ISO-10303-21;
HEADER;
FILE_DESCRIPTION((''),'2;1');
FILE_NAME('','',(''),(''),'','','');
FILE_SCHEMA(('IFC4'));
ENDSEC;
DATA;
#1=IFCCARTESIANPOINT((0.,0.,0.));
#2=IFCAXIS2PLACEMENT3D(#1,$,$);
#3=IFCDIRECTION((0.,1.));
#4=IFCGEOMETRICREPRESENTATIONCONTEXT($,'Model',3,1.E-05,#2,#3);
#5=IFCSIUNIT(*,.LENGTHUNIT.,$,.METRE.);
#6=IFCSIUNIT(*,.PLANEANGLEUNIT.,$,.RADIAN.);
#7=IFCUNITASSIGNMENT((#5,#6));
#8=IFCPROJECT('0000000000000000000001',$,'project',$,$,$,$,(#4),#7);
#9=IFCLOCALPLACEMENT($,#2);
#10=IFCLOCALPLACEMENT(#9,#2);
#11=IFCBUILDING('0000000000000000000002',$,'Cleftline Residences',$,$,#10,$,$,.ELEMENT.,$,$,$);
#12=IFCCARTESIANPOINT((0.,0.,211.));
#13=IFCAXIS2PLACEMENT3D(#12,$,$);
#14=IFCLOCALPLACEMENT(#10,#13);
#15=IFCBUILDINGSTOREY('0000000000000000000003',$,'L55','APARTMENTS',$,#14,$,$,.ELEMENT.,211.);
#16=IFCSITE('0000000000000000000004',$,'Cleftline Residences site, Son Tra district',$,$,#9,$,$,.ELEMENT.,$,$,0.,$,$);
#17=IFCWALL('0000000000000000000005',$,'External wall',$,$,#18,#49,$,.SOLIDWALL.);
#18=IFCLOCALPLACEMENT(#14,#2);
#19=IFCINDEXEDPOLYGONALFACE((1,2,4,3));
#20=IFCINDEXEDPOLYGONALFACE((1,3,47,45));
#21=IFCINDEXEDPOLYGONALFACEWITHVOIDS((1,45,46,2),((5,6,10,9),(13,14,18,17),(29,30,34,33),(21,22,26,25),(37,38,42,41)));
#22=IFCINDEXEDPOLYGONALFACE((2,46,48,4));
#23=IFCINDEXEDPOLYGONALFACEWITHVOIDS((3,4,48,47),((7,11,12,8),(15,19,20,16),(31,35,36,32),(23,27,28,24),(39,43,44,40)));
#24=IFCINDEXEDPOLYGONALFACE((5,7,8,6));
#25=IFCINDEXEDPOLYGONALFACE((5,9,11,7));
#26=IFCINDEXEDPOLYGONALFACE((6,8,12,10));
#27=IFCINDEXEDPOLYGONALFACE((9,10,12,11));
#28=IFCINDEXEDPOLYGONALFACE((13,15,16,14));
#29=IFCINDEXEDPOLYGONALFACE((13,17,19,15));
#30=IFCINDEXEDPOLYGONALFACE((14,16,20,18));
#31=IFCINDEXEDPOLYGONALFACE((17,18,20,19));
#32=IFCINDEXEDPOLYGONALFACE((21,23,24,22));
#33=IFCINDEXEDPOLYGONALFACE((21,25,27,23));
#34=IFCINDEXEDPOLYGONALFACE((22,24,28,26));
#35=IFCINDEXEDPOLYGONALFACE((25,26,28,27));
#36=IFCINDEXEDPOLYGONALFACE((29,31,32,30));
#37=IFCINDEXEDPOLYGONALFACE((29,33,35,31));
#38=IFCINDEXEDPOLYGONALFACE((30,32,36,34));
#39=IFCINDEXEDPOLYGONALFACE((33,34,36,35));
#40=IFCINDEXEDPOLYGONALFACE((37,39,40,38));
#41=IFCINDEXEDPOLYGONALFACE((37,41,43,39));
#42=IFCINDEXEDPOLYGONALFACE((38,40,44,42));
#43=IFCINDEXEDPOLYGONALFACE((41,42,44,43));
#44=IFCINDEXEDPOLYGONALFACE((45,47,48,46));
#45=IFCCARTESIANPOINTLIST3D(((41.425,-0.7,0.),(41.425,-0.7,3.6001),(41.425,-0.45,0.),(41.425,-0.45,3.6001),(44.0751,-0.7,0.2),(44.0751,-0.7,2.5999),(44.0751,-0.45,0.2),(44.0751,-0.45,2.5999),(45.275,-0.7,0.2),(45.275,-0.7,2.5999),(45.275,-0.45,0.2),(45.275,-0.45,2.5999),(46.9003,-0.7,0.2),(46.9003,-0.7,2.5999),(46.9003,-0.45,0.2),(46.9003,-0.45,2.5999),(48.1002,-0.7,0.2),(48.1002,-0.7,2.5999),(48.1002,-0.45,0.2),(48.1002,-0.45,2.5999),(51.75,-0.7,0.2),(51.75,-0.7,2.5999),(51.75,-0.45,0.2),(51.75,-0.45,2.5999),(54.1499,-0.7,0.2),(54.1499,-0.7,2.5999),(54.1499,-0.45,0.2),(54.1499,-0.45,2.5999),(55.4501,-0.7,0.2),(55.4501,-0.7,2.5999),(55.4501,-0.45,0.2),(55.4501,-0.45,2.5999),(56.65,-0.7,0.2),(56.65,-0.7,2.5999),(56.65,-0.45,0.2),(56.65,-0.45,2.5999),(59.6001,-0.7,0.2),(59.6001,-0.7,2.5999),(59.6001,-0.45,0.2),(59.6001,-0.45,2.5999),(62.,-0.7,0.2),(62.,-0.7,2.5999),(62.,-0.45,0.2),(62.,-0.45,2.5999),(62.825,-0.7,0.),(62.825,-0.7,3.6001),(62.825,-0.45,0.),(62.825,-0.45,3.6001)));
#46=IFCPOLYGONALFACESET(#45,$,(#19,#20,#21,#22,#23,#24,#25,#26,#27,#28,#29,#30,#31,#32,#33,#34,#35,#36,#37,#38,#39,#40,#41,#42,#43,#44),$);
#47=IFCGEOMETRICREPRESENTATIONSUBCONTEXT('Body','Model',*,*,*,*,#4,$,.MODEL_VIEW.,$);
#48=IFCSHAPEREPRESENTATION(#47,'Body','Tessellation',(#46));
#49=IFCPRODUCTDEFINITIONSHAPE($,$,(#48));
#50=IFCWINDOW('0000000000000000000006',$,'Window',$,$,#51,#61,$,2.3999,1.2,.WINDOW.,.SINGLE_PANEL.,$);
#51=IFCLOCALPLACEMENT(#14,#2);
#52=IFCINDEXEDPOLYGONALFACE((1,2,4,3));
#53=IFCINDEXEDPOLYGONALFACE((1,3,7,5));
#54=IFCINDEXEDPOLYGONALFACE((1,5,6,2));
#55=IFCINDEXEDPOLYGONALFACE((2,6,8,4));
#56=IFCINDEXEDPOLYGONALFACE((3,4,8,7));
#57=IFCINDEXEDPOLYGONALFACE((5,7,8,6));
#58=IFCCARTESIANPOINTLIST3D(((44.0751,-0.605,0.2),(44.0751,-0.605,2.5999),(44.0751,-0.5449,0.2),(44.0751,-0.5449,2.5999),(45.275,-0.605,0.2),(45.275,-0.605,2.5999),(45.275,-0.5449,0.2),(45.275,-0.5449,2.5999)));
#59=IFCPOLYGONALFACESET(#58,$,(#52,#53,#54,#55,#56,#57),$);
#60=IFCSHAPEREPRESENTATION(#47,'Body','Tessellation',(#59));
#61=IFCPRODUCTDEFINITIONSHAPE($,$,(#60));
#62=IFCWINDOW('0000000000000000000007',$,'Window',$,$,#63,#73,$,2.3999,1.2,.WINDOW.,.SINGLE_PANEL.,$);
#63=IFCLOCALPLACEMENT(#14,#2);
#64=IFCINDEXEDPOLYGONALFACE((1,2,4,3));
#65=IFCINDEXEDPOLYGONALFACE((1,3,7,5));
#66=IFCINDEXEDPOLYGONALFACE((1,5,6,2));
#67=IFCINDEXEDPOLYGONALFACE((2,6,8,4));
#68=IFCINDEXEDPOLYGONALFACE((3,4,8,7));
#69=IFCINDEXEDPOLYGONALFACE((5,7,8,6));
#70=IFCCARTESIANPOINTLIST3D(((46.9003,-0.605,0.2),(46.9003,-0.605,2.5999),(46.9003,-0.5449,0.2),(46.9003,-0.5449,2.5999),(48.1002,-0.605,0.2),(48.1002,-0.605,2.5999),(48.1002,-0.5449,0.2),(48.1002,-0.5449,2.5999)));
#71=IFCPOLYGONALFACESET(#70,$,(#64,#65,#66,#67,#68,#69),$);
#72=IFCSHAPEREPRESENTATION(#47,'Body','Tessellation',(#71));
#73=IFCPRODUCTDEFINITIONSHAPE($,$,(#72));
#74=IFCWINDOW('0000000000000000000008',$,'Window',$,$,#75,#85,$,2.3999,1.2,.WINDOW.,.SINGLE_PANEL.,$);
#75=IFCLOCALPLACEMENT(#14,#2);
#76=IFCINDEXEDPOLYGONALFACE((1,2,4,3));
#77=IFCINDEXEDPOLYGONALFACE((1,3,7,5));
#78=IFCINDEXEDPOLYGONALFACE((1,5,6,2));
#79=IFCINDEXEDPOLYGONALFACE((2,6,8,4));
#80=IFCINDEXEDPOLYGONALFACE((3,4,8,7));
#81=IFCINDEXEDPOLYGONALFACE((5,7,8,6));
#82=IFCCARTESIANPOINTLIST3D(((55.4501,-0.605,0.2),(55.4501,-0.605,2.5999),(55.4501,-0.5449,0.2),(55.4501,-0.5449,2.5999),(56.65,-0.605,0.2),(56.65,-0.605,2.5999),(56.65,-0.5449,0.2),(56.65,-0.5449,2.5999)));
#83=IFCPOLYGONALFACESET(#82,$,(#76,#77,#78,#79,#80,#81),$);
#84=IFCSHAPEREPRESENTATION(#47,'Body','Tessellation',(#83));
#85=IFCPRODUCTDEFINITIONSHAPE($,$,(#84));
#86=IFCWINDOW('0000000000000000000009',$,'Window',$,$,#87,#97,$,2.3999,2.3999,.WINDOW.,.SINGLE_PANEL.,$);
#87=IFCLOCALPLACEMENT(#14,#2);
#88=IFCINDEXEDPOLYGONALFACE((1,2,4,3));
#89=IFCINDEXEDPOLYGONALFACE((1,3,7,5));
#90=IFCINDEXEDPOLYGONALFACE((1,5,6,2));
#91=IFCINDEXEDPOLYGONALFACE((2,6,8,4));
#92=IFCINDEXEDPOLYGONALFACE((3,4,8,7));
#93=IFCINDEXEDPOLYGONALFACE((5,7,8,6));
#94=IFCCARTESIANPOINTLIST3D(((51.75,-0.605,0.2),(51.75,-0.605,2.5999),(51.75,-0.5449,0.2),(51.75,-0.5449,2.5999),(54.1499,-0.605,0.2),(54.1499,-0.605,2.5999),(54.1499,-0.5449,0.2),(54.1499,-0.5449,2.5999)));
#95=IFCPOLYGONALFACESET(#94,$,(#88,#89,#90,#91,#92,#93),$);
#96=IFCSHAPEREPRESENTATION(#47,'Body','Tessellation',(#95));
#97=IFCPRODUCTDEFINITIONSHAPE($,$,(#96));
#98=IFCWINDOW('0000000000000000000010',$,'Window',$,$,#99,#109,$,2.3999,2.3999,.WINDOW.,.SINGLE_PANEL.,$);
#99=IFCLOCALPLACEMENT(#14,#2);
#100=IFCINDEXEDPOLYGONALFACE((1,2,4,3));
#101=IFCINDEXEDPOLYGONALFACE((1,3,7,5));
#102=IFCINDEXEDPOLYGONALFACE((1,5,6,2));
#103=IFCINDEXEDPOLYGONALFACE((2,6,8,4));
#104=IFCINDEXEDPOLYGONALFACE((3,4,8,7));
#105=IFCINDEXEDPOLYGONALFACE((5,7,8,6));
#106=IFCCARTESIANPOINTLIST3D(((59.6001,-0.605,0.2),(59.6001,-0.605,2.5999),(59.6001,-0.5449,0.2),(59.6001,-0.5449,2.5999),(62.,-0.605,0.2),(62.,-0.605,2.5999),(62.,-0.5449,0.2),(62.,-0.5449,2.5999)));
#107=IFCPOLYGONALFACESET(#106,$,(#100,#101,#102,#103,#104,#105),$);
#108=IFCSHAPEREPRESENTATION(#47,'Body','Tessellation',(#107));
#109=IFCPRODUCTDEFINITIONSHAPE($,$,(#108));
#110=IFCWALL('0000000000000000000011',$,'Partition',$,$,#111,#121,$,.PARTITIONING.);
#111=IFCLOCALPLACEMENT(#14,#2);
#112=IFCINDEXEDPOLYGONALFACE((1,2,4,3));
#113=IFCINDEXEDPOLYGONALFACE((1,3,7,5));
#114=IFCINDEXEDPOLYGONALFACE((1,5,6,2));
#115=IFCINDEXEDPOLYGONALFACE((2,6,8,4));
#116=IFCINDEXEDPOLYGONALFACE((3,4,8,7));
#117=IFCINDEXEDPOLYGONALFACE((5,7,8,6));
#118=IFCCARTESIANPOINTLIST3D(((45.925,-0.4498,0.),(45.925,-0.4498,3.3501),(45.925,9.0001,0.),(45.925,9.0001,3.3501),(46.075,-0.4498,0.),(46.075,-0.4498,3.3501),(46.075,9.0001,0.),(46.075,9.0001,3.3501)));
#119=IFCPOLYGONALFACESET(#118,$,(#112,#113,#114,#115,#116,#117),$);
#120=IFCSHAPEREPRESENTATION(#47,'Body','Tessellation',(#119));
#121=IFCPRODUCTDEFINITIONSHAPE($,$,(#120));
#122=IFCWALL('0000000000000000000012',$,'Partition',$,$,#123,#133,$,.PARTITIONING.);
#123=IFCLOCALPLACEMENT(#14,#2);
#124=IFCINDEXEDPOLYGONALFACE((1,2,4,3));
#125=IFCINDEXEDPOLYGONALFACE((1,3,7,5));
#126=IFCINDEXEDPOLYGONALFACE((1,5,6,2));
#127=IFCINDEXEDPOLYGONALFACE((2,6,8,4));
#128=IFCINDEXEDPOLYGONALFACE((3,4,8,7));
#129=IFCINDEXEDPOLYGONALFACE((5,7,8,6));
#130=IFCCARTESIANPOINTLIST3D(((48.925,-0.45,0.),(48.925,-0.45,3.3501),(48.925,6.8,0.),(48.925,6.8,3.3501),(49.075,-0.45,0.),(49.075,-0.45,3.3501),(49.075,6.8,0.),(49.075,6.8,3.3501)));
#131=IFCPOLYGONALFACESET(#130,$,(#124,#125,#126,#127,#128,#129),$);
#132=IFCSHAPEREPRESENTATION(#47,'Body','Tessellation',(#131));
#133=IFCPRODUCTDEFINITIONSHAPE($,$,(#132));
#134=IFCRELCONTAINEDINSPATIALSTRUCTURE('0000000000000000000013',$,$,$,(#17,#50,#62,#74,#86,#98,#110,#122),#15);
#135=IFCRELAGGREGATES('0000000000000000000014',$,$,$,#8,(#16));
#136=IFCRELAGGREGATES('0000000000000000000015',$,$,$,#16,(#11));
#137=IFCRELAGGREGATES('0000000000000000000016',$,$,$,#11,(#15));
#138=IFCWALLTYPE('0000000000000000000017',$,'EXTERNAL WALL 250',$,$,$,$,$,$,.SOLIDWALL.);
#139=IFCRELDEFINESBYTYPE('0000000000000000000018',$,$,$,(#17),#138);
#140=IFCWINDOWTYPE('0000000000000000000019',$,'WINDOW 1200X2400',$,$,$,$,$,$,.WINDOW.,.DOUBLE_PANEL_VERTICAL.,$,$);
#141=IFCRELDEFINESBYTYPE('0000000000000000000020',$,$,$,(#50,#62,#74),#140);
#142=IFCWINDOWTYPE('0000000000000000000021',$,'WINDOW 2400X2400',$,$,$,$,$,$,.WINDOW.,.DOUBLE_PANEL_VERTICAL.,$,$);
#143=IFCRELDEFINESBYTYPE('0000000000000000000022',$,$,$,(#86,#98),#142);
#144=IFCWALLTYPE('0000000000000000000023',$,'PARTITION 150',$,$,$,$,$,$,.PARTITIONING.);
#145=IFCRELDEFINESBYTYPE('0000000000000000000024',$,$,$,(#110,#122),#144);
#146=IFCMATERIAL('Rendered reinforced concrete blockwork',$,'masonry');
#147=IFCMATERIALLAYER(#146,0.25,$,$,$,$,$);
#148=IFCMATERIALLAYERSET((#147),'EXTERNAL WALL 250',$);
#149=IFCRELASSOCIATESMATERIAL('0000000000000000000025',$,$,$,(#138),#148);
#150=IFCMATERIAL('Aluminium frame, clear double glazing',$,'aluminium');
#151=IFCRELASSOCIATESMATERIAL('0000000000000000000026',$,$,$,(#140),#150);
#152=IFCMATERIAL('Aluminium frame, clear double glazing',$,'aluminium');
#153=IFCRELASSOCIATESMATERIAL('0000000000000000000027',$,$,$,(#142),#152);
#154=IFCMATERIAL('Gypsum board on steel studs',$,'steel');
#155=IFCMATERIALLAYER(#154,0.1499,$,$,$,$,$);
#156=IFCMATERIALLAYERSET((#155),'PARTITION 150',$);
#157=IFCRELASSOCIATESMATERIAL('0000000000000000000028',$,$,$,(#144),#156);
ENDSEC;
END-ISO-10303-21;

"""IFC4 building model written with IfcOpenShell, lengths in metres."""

from ifc_helpers import new_model, si_unit, direction, frame, frame_2d, origin, place, context, subcontext, project, spatial, rectangle, extrude, material, layer, layer_set, type_object, element, fill, save


model = new_model("IFC4")

# Units and contexts
model_context = context("Model", 3, precision=1e-05, world=origin(), true_north=direction((0.0, 1.0)))
body_context = subcontext(model_context, "Body", "Model", "MODEL_VIEW")
ifc_project = project(units=[si_unit("LENGTHUNIT", "METRE"), si_unit("PLANEANGLEUNIT", "RADIAN")], contexts=[model_context])

# Site, building, storey
site_placement = place(None, origin())
site = spatial("IfcSite", under=ifc_project, at=site_placement, Name="Cleftline Residences site, Son Tra district", CompositionType="ELEMENT", RefElevation=0.0)
building_placement = place(site_placement, origin())
building = spatial("IfcBuilding", under=site, at=building_placement, Name="Cleftline Residences", CompositionType="ELEMENT")
storey_placement = place(building_placement, frame((0.0, 0.0, 211.0)))
storey = spatial("IfcBuildingStorey", under=building, at=storey_placement, Name="L55", Description="APARTMENTS", CompositionType="ELEMENT", Elevation=211.0)

# Wall, openings, windows
ifc_material_1 = material(Name="Rendered reinforced concrete blockwork", Category="masonry")
ifc_layer_1 = layer(ifc_material_1, 0.25)
ifc_layer_set_1 = layer_set([ifc_layer_1], Name="EXTERNAL WALL 250")
wall_type_1 = type_object("IfcWallType", Name="EXTERNAL WALL 250", PredefinedType="SOLIDWALL", material=ifc_layer_set_1)
wall_1_placement = place(storey_placement, frame((41.425, -0.575, 0.0), z_axis=(0.0, 0.0, 1.0), x_axis=(1.0, 0.0, 0.0)))
wall_1 = element("IfcWall", 1, at=wall_1_placement, inside=storey, type_object=wall_type_1, Name="External wall", PredefinedType="SOLIDWALL", context=body_context, shape_type="SweptSolid", body=[
    extrude(rectangle(XDim=21.3999, YDim=0.25, at=frame_2d((10.7, 0.0))), origin(), (0.0, 0.0, 1.0), 3.6001),
])
opening_1_placement = place(wall_1_placement, frame((2.6499, 0.0, 0.2)))
opening_1 = element("IfcOpeningElement", 2, at=opening_1_placement, cuts=wall_1, PredefinedType="OPENING", context=body_context, shape_type="SweptSolid", body=[
    extrude(rectangle(XDim=1.2, YDim=2.3999, at=frame_2d((0.6001, 1.2))), frame((0.0, 0.135, 0.0), z_axis=(0.0, -1.0, 0.0), x_axis=(1.0, 0.0, 0.0)), (0.0, 0.0, 1.0), 0.27),
])
opening_2_placement = place(wall_1_placement, frame((5.4751, 0.0, 0.2)))
opening_2 = element("IfcOpeningElement", 3, at=opening_2_placement, cuts=wall_1, PredefinedType="OPENING", context=body_context, shape_type="SweptSolid", body=[
    extrude(rectangle(XDim=1.2, YDim=2.3999, at=frame_2d((0.6001, 1.2))), frame((0.0, 0.135, 0.0), z_axis=(0.0, -1.0, 0.0), x_axis=(1.0, 0.0, 0.0)), (0.0, 0.0, 1.0), 0.27),
])
opening_3_placement = place(wall_1_placement, frame((10.325, 0.0, 0.2)))
opening_3 = element("IfcOpeningElement", 4, at=opening_3_placement, cuts=wall_1, PredefinedType="OPENING", context=body_context, shape_type="SweptSolid", body=[
    extrude(rectangle(XDim=2.3999, YDim=2.3999, at=frame_2d((1.2, 1.2))), frame((0.0, 0.135, 0.0), z_axis=(0.0, -1.0, 0.0), x_axis=(1.0, 0.0, 0.0)), (0.0, 0.0, 1.0), 0.27),
])
opening_4_placement = place(wall_1_placement, frame((14.0249, 0.0, 0.2)))
opening_4 = element("IfcOpeningElement", 5, at=opening_4_placement, cuts=wall_1, PredefinedType="OPENING", context=body_context, shape_type="SweptSolid", body=[
    extrude(rectangle(XDim=1.2, YDim=2.3999, at=frame_2d((0.6001, 1.2))), frame((0.0, 0.135, 0.0), z_axis=(0.0, -1.0, 0.0), x_axis=(1.0, 0.0, 0.0)), (0.0, 0.0, 1.0), 0.27),
])
opening_5_placement = place(wall_1_placement, frame((18.175, 0.0, 0.2)))
opening_5 = element("IfcOpeningElement", 6, at=opening_5_placement, cuts=wall_1, PredefinedType="OPENING", context=body_context, shape_type="SweptSolid", body=[
    extrude(rectangle(XDim=2.3999, YDim=2.3999, at=frame_2d((1.2, 1.2))), frame((0.0, 0.135, 0.0), z_axis=(0.0, -1.0, 0.0), x_axis=(1.0, 0.0, 0.0)), (0.0, 0.0, 1.0), 0.27),
])
ifc_material_2 = material(Name="Aluminium frame, clear double glazing", Category="aluminium")
window_type_1 = type_object("IfcWindowType", Name="WINDOW 1200X2400", PartitioningType="DOUBLE_PANEL_VERTICAL", PredefinedType="WINDOW", material=ifc_material_2)
window_1_placement = place(opening_1_placement, origin())
window_1 = element("IfcWindow", 7, at=window_1_placement, inside=storey, type_object=window_type_1, Name="Window", OverallHeight=2.3999, OverallWidth=1.2, PartitioningType="SINGLE_PANEL", PredefinedType="WINDOW", context=body_context, shape_type="SweptSolid", body=[
    extrude(rectangle(XDim=1.2, YDim=2.3999, at=frame_2d((0.6001, 1.2))), frame((0.0, 0.03, 0.0), z_axis=(0.0, -1.0, 0.0), x_axis=(1.0, 0.0, 0.0)), (0.0, 0.0, 1.0), 0.0601),
])
fill(opening_1, window_1)
window_2_placement = place(opening_2_placement, origin())
window_2 = element("IfcWindow", 8, at=window_2_placement, inside=storey, type_object=window_type_1, Name="Window", OverallHeight=2.3999, OverallWidth=1.2, PartitioningType="SINGLE_PANEL", PredefinedType="WINDOW", context=body_context, shape_type="SweptSolid", body=[
    extrude(rectangle(XDim=1.2, YDim=2.3999, at=frame_2d((0.6001, 1.2))), frame((0.0, 0.03, 0.0), z_axis=(0.0, -1.0, 0.0), x_axis=(1.0, 0.0, 0.0)), (0.0, 0.0, 1.0), 0.0601),
])
fill(opening_2, window_2)
window_3_placement = place(opening_4_placement, origin())
window_3 = element("IfcWindow", 9, at=window_3_placement, inside=storey, type_object=window_type_1, Name="Window", OverallHeight=2.3999, OverallWidth=1.2, PartitioningType="SINGLE_PANEL", PredefinedType="WINDOW", context=body_context, shape_type="SweptSolid", body=[
    extrude(rectangle(XDim=1.2, YDim=2.3999, at=frame_2d((0.6001, 1.2))), frame((0.0, 0.03, 0.0), z_axis=(0.0, -1.0, 0.0), x_axis=(1.0, 0.0, 0.0)), (0.0, 0.0, 1.0), 0.0601),
])
fill(opening_4, window_3)
ifc_material_3 = material(Name="Aluminium frame, clear double glazing", Category="aluminium")
window_type_2 = type_object("IfcWindowType", Name="WINDOW 2400X2400", PartitioningType="DOUBLE_PANEL_VERTICAL", PredefinedType="WINDOW", material=ifc_material_3)
window_4_placement = place(opening_3_placement, origin())
window_4 = element("IfcWindow", 10, at=window_4_placement, inside=storey, type_object=window_type_2, Name="Window", OverallHeight=2.3999, OverallWidth=2.3999, PartitioningType="SINGLE_PANEL", PredefinedType="WINDOW", context=body_context, shape_type="SweptSolid", body=[
    extrude(rectangle(XDim=2.3999, YDim=2.3999, at=frame_2d((1.2, 1.2))), frame((0.0, 0.03, 0.0), z_axis=(0.0, -1.0, 0.0), x_axis=(1.0, 0.0, 0.0)), (0.0, 0.0, 1.0), 0.0601),
])
fill(opening_3, window_4)
window_5_placement = place(opening_5_placement, origin())
window_5 = element("IfcWindow", 11, at=window_5_placement, inside=storey, type_object=window_type_2, Name="Window", OverallHeight=2.3999, OverallWidth=2.3999, PartitioningType="SINGLE_PANEL", PredefinedType="WINDOW", context=body_context, shape_type="SweptSolid", body=[
    extrude(rectangle(XDim=2.3999, YDim=2.3999, at=frame_2d((1.2, 1.2))), frame((0.0, 0.03, 0.0), z_axis=(0.0, -1.0, 0.0), x_axis=(1.0, 0.0, 0.0)), (0.0, 0.0, 1.0), 0.0601),
])
fill(opening_5, window_5)

# Walls
ifc_material_4 = material(Name="Gypsum board on steel studs", Category="steel")
ifc_layer_2 = layer(ifc_material_4, 0.1499)
ifc_layer_set_2 = layer_set([ifc_layer_2], Name="PARTITION 150")
wall_type_2 = type_object("IfcWallType", Name="PARTITION 150", PredefinedType="PARTITIONING", material=ifc_layer_set_2)
wall_2_placement = place(storey_placement, frame((46.0, -0.45, 0.0), z_axis=(0.0, 0.0, 1.0), x_axis=(0.0, 1.0, 0.0)))
element("IfcWall", 12, at=wall_2_placement, inside=storey, type_object=wall_type_2, Name="Partition", PredefinedType="PARTITIONING", context=body_context, shape_type="SweptSolid", body=[
    extrude(rectangle(XDim=9.45, YDim=0.1499, at=frame_2d((4.7251, 0.0))), origin(), (0.0, 0.0, 1.0), 3.3501),
])
wall_3_placement = place(storey_placement, frame((49.0, -0.45, 0.0), z_axis=(0.0, 0.0, 1.0), x_axis=(0.0, 1.0, 0.0)))
element("IfcWall", 13, at=wall_3_placement, inside=storey, type_object=wall_type_2, Name="Partition", PredefinedType="PARTITIONING", context=body_context, shape_type="SweptSolid", body=[
    extrude(rectangle(XDim=7.25, YDim=0.1499, at=frame_2d((3.625, 0.0))), origin(), (0.0, 0.0, 1.0), 3.3501),
])

save(model, "model.ifc")
